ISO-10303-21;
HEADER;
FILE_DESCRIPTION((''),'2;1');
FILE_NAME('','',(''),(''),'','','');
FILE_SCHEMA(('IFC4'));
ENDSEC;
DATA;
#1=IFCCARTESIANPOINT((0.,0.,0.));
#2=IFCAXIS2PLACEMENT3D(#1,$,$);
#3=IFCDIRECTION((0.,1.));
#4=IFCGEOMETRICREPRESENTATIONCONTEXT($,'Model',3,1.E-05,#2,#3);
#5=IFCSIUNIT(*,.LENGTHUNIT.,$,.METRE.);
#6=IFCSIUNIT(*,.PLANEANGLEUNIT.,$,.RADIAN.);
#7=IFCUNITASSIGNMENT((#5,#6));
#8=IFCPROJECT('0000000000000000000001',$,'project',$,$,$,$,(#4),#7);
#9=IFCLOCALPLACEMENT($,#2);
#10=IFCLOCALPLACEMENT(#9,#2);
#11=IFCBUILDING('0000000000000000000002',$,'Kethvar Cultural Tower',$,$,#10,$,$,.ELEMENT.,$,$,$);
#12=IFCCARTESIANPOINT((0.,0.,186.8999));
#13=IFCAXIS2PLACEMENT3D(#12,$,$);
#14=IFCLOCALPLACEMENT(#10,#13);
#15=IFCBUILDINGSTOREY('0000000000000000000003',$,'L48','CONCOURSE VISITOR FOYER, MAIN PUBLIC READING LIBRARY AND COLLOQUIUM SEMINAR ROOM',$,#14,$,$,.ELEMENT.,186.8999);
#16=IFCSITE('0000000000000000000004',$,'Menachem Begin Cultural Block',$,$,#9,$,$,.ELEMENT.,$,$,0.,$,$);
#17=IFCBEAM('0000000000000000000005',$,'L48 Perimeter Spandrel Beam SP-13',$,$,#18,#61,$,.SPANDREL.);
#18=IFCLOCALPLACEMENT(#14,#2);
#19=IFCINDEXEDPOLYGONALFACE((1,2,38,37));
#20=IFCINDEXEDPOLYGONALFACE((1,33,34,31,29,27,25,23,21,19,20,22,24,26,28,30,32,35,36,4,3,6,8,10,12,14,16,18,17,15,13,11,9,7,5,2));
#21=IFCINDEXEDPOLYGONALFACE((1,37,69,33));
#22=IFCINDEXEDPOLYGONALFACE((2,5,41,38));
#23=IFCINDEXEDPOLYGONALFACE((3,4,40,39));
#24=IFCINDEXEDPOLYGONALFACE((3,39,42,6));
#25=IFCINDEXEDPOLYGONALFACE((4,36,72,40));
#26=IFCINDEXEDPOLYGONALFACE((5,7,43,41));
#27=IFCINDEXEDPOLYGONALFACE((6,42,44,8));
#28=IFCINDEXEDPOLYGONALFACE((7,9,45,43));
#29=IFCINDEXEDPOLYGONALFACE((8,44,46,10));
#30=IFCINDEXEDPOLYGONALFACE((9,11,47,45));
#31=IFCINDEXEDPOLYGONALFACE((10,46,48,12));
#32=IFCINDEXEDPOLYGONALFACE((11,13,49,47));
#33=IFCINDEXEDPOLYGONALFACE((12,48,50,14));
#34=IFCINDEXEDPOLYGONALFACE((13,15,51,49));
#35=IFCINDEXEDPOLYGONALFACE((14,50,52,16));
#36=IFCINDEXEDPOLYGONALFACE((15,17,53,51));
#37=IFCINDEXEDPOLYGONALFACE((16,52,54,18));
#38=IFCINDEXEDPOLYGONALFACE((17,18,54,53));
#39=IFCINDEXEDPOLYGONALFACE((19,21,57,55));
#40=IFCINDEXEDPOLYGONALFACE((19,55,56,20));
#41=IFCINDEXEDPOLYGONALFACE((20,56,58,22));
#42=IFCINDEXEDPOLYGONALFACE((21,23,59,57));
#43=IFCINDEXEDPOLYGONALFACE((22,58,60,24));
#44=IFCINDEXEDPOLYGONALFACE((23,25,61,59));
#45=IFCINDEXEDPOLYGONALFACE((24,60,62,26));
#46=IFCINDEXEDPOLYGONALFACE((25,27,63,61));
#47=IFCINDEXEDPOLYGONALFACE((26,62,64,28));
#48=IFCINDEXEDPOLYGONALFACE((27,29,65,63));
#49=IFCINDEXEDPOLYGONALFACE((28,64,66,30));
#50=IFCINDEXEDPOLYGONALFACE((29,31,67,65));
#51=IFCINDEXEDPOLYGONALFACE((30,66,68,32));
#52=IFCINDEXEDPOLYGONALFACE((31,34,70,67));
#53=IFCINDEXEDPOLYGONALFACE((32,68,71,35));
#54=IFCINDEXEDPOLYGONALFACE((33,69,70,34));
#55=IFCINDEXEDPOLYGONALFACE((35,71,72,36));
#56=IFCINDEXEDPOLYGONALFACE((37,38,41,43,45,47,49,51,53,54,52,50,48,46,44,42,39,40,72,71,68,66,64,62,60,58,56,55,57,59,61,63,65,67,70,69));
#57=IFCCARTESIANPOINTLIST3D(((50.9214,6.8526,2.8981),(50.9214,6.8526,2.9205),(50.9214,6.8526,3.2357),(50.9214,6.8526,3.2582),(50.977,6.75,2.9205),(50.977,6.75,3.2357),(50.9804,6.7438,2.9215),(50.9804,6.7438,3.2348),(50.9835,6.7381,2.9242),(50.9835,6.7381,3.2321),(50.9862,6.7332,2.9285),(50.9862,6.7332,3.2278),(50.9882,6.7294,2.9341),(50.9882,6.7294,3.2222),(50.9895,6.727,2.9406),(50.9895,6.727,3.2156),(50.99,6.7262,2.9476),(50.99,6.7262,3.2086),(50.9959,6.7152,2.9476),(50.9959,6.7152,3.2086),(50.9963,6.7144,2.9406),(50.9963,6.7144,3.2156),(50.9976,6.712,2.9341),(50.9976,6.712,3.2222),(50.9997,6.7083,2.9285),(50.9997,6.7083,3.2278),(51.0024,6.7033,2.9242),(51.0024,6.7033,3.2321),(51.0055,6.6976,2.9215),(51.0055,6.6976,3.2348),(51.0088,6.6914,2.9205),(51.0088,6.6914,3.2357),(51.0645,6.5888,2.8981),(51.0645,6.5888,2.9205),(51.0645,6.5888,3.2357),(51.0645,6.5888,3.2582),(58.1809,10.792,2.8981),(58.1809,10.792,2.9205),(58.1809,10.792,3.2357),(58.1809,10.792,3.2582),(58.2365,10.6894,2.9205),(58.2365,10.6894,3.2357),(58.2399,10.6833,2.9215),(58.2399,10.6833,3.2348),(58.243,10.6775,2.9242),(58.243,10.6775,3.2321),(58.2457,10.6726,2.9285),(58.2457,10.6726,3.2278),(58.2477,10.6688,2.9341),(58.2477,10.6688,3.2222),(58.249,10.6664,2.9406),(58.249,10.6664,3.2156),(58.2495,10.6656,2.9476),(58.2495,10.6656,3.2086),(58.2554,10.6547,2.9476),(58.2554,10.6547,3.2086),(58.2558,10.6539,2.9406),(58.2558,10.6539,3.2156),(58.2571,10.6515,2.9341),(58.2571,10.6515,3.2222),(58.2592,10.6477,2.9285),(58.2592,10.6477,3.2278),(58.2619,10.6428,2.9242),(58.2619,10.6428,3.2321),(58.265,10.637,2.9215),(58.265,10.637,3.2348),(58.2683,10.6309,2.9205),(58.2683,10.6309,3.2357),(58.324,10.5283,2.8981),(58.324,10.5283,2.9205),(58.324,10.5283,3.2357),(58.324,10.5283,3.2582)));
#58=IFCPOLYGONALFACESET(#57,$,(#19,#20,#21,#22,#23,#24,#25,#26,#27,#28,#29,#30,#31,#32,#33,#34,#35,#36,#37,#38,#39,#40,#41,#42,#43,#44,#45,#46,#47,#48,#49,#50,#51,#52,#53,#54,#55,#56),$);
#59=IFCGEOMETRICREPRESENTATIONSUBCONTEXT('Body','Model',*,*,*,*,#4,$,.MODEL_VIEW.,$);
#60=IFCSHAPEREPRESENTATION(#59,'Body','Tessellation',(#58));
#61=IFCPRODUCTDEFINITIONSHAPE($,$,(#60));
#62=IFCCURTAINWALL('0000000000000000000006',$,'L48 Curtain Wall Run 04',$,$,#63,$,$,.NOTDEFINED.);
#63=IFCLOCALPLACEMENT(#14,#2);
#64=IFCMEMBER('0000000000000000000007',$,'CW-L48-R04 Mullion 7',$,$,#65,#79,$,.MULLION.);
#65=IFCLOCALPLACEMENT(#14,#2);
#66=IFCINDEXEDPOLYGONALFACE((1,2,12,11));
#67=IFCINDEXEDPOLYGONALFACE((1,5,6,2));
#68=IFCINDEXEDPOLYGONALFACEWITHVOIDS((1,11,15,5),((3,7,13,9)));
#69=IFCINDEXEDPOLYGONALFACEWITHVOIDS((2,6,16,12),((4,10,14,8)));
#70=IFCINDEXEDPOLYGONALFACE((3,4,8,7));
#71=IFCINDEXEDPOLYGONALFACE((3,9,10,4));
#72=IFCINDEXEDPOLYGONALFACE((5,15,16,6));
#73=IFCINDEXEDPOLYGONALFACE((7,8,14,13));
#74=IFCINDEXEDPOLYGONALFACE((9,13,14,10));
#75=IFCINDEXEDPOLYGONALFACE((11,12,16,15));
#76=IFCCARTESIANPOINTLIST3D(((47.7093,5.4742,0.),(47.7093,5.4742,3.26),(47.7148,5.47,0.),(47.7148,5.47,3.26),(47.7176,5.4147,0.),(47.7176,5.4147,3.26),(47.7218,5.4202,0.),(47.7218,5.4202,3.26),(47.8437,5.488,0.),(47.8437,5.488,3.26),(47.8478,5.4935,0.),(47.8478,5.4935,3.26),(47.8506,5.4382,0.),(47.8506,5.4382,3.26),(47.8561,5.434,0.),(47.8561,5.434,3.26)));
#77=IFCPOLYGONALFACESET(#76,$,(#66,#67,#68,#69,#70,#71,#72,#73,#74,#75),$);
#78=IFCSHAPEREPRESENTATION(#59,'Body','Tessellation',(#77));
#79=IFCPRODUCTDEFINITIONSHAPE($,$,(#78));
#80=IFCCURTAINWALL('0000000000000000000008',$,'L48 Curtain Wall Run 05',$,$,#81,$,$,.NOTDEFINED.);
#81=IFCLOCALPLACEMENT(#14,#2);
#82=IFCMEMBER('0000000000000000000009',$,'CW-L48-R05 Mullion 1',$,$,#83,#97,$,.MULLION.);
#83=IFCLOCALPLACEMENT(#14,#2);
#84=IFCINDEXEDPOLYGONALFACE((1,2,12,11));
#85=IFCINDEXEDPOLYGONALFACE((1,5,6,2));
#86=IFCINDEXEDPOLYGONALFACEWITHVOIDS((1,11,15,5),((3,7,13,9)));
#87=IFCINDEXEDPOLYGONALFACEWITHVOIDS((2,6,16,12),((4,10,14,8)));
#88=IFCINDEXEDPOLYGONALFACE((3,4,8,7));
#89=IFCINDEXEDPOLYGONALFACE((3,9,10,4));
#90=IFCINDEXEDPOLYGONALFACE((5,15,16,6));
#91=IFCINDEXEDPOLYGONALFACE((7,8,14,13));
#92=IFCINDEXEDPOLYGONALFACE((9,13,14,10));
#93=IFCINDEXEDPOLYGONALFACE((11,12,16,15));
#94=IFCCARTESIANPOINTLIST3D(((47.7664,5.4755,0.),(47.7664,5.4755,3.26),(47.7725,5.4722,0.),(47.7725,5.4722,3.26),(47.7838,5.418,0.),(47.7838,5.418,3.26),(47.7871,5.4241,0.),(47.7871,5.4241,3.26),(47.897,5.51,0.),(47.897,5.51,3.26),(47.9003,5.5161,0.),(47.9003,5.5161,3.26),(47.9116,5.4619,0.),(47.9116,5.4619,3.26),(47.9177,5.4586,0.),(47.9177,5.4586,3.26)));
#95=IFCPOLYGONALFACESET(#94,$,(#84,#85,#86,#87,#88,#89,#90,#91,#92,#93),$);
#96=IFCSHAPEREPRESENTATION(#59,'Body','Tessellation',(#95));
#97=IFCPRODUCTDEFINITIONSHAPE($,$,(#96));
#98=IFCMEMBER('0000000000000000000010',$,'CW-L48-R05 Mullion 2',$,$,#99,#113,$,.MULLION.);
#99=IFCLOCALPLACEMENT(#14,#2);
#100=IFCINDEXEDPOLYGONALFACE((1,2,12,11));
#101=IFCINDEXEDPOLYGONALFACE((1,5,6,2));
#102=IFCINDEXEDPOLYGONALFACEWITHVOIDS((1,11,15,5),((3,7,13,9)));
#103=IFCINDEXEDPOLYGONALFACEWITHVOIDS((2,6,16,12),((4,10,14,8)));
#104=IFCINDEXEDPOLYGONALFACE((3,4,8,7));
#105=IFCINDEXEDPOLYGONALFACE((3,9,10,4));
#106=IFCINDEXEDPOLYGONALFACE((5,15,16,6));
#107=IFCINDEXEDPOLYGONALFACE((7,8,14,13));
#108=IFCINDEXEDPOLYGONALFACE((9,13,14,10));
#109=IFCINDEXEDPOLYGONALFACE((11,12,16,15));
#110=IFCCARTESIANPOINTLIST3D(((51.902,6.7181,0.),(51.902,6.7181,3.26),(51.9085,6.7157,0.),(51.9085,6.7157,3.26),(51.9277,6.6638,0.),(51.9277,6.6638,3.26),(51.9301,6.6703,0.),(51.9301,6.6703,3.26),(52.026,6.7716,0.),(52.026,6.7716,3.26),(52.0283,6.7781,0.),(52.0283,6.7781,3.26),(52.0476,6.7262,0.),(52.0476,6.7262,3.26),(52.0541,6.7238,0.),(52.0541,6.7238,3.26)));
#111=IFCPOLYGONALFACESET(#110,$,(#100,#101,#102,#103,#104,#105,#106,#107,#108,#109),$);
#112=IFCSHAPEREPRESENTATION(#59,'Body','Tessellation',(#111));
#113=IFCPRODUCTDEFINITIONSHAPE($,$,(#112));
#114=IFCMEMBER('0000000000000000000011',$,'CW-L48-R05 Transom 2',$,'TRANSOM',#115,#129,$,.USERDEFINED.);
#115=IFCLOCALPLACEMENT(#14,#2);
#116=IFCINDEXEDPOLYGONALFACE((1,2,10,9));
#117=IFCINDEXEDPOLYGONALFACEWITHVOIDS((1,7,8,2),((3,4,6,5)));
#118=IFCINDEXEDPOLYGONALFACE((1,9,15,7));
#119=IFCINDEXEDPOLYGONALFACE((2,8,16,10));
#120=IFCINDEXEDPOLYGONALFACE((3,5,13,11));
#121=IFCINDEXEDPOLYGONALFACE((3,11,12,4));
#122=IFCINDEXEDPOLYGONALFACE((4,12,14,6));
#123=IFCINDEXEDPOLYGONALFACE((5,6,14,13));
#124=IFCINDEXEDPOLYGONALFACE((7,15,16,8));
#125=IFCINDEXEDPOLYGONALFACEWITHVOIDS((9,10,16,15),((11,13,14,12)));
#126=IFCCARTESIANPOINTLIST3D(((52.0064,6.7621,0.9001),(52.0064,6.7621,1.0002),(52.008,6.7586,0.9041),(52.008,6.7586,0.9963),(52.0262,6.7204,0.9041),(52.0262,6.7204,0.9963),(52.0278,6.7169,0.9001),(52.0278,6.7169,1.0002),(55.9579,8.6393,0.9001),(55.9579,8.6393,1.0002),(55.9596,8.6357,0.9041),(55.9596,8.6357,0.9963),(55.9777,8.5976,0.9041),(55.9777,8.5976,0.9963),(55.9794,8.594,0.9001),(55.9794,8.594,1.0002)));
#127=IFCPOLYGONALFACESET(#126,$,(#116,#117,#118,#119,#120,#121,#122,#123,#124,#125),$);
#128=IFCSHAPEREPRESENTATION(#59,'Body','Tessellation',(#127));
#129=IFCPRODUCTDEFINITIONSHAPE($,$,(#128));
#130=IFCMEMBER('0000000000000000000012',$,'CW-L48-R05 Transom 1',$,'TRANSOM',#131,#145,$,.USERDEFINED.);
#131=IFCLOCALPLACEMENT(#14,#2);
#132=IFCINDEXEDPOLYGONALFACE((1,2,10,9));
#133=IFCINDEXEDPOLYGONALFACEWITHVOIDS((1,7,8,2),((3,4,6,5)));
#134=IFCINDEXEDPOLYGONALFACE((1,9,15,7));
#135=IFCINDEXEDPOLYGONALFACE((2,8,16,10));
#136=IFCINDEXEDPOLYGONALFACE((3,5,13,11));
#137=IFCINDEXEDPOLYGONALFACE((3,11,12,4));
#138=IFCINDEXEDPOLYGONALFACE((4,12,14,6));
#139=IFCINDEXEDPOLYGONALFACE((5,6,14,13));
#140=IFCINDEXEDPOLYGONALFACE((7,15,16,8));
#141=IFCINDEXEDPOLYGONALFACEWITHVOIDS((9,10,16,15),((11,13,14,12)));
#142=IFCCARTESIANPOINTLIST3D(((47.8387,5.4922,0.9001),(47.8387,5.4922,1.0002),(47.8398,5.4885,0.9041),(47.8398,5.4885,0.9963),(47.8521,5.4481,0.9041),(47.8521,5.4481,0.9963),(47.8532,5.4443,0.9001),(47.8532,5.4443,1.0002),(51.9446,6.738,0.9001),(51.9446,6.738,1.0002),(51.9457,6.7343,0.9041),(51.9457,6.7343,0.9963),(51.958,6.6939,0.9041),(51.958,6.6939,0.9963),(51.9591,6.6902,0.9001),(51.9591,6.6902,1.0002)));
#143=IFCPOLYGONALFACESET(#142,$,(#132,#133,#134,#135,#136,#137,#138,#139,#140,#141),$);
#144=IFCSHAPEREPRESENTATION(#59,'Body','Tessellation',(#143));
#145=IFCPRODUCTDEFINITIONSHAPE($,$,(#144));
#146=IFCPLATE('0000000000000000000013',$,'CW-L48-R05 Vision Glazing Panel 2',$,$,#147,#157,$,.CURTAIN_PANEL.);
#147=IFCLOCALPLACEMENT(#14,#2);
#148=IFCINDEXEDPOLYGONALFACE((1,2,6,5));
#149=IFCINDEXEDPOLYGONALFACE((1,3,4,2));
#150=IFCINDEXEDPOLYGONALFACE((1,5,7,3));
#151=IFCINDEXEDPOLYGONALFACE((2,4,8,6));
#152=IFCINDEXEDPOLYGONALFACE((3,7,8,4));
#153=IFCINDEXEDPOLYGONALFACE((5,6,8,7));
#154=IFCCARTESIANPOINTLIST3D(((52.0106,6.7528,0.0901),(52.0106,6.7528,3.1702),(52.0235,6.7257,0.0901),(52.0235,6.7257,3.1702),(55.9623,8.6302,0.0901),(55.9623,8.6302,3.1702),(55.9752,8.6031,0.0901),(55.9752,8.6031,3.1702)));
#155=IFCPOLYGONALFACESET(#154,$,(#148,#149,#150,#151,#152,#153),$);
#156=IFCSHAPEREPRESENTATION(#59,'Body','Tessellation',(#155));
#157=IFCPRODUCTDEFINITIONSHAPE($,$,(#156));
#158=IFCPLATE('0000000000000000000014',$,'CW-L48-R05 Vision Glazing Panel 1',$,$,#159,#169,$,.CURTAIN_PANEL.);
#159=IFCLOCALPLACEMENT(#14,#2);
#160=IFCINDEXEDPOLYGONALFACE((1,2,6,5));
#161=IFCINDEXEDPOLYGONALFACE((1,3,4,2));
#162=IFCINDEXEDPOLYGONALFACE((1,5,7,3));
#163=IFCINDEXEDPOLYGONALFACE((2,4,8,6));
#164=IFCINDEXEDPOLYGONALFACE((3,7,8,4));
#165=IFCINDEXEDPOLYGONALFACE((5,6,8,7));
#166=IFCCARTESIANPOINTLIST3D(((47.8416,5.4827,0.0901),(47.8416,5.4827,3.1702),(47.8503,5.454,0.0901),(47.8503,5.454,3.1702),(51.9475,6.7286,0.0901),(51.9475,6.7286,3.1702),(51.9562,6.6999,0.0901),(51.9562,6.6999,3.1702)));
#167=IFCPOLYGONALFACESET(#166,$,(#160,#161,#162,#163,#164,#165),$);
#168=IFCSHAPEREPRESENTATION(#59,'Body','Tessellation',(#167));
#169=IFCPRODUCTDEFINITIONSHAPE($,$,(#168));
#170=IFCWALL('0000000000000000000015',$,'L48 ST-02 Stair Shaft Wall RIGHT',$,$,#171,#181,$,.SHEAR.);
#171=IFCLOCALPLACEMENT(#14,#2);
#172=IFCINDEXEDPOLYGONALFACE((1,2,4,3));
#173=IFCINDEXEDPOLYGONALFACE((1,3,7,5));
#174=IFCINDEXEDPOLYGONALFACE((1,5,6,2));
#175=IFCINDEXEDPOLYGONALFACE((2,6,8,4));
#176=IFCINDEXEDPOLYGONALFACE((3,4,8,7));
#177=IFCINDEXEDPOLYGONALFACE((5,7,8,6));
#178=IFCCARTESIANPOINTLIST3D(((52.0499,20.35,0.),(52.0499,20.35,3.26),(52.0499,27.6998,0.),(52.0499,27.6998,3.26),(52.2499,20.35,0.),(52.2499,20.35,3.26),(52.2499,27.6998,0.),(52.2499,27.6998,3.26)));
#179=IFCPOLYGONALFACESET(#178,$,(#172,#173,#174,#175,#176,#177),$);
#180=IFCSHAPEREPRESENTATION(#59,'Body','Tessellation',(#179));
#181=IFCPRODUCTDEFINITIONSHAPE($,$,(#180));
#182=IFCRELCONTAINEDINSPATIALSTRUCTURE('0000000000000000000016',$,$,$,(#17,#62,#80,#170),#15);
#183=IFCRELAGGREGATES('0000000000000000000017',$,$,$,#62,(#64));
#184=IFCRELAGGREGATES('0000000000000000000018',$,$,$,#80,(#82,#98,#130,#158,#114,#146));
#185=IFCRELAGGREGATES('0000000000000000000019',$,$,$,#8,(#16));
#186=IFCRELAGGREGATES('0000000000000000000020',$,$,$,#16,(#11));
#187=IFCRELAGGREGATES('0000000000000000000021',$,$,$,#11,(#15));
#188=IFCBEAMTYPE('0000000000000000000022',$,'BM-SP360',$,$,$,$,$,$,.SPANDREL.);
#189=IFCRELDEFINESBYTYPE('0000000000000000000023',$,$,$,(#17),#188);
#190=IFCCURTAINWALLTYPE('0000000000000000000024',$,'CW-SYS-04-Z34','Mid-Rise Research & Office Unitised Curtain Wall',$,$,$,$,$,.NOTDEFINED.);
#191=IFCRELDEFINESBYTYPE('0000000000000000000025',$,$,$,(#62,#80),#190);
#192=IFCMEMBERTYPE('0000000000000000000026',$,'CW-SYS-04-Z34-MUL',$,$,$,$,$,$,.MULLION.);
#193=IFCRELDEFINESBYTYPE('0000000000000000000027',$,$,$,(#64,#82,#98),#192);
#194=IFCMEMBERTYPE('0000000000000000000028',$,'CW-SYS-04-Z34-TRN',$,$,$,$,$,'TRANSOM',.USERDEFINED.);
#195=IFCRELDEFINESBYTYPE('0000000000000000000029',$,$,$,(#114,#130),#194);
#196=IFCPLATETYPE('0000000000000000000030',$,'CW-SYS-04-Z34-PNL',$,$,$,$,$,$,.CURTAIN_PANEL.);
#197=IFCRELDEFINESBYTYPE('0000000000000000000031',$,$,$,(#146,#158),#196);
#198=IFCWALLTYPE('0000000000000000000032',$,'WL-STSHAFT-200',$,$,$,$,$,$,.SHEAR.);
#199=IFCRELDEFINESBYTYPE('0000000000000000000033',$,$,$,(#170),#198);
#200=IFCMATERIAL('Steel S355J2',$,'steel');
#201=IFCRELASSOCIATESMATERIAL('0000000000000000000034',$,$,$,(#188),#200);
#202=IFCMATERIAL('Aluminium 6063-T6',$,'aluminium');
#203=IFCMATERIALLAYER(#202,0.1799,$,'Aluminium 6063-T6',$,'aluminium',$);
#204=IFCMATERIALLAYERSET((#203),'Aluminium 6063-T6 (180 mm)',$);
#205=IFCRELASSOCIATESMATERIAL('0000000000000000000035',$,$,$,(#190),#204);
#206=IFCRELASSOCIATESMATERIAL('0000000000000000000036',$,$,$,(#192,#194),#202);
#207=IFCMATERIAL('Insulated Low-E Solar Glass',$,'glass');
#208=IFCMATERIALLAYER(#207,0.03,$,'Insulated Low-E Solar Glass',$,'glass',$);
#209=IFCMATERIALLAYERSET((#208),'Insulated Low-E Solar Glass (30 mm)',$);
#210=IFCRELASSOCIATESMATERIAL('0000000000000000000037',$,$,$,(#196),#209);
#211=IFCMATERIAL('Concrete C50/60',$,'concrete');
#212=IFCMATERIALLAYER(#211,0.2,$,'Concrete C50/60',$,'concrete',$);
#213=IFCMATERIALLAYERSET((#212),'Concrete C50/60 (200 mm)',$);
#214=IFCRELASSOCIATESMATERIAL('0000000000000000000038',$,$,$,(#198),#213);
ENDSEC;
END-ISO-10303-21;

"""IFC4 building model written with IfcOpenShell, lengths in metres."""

from ifc_helpers import new_model, si_unit, direction, frame, frame_2d, origin, origin_2d, place, context, subcontext, project, spatial, rectangle, hollow_rectangle, i_section, extrude, source, transform, mapped, material, layer, layer_set, material_profile, profile_set, type_object, element, aggregate, save


model = new_model("IFC4")

# Units and contexts
model_context = context("Model", 3, precision=1e-05, world=origin(), true_north=direction((0.0, 1.0)))
body_context = subcontext(model_context, "Body", "Model", "MODEL_VIEW")
ifc_project = project(units=[si_unit("LENGTHUNIT", "METRE"), si_unit("PLANEANGLEUNIT", "RADIAN")], contexts=[model_context])

# Site, building, storey
site_placement = place(None, origin())
site = spatial("IfcSite", under=ifc_project, at=site_placement, Name="Menachem Begin Cultural Block", CompositionType="ELEMENT", RefElevation=0.0)
building_placement = place(site_placement, origin())
building = spatial("IfcBuilding", under=site, at=building_placement, Name="Kethvar Cultural Tower", CompositionType="ELEMENT")
storey_placement = place(building_placement, frame((0.0, 0.0, 186.8999)))
storey = spatial("IfcBuildingStorey", under=building, at=storey_placement, Name="L48", Description="CONCOURSE VISITOR FOYER, MAIN PUBLIC READING LIBRARY AND COLLOQUIUM SEMINAR ROOM", CompositionType="ELEMENT", Elevation=186.8999)

# Beam
ifc_material_1 = material(Name="Steel S355J2", Category="steel")
ifc_material_profile_1 = material_profile(ifc_material_1, i_section(OverallWidth=0.3, OverallDepth=0.3601, WebThickness=0.0125, FlangeThickness=0.0225, FilletRadius=0.0271, at=origin_2d()), Name="Steel S355J2 — HEB360")
ifc_profile_set_1 = profile_set([ifc_material_profile_1], Name="Steel S355J2 — HEB360")
beam_type_1 = type_object("IfcBeamType", Name="BM-SP360", PredefinedType="SPANDREL", material=ifc_profile_set_1)
shared_shape_1 = source(origin(), body_context, "Body", "SweptSolid", [
    extrude(i_section(OverallWidth=0.3, OverallDepth=0.3601, WebThickness=0.0125, FlangeThickness=0.0225, FilletRadius=0.0271, at=origin_2d()), origin(), (0.0, 0.0, 1.0), 8.2595),
])
beam_1_placement = place(storey_placement, frame((50.9929, 6.7207, 3.0781), z_axis=(0.878926, 0.476958, 0.0), x_axis=(-0.476958, 0.878926, 0.0)))
element("IfcBeam", 1, at=beam_1_placement, inside=storey, type_object=beam_type_1, Name="L48 Perimeter Spandrel Beam SP-13", PredefinedType="SPANDREL", context=body_context, shape_type="MappedRepresentation", body=[
    mapped(shared_shape_1, transform((0.0, 0.0, 0.0), scale=1.0)),
])

# Curtain wall, member
ifc_material_2 = material(Name="Aluminium 6063-T6", Category="aluminium")
ifc_layer_1 = layer(ifc_material_2, 0.1799, Name="Aluminium 6063-T6", Category="aluminium")
ifc_layer_set_1 = layer_set([ifc_layer_1], Name="Aluminium 6063-T6 (180 mm)")
curtain_wall_type = type_object("IfcCurtainWallType", Name="CW-SYS-04-Z34", Description="Mid-Rise Research & Office Unitised Curtain Wall", PredefinedType="NOTDEFINED", material=ifc_layer_set_1)
curtain_wall_1_placement = place(storey_placement, origin())
curtain_wall_1 = element("IfcCurtainWall", 2, at=curtain_wall_1_placement, inside=storey, type_object=curtain_wall_type, Name="L48 Curtain Wall Run 04", PredefinedType="NOTDEFINED")
ifc_material_profile_2 = material_profile(ifc_material_2, hollow_rectangle(XDim=0.0601, YDim=0.1399, WallThickness=0.0049, at=origin_2d()), Name="Aluminium 6063-T6 — RHS140x60x5")
ifc_profile_set_2 = profile_set([ifc_material_profile_2], Name="Aluminium 6063-T6 — RHS140x60x5")
member_type_1 = type_object("IfcMemberType", Name="CW-SYS-04-Z34-MUL", PredefinedType="MULLION", material=ifc_profile_set_2)
shared_shape_2 = source(origin(), body_context, "Body", "SweptSolid", [
    extrude(hollow_rectangle(XDim=0.0601, YDim=0.1399, WallThickness=0.0049, at=origin_2d()), origin(), (0.0, 0.0, 1.0), 3.26),
])
member_1_placement = place(storey_placement, frame((47.7827, 5.4541, 0.0), z_axis=(0.0, 0.0, 1.0), x_axis=(-0.138188, 0.990406, 0.0)))
member_1 = element("IfcMember", 3, at=member_1_placement, type_object=member_type_1, Name="CW-L48-R04 Mullion 7", PredefinedType="MULLION", context=body_context, shape_type="MappedRepresentation", body=[
    mapped(shared_shape_2, transform((0.0, 0.0, 0.0), scale=1.0)),
])
aggregate(curtain_wall_1, [member_1])

# Curtain wall, members, plates
curtain_wall_2_placement = place(storey_placement, origin())
curtain_wall_2 = element("IfcCurtainWall", 4, at=curtain_wall_2_placement, inside=storey, type_object=curtain_wall_type, Name="L48 Curtain Wall Run 05", PredefinedType="NOTDEFINED")
member_2_placement = place(storey_placement, frame((47.842, 5.467, 0.0), z_axis=(0.0, 0.0, 1.0), x_axis=(-0.290368, 0.956915, 0.0)))
member_2 = element("IfcMember", 5, at=member_2_placement, type_object=member_type_1, Name="CW-L48-R05 Mullion 1", PredefinedType="MULLION", context=body_context, shape_type="MappedRepresentation", body=[
    mapped(shared_shape_2, transform((0.0, 0.0, 0.0), scale=1.0)),
])
member_3_placement = place(storey_placement, frame((51.978, 6.7209, 0.0), z_axis=(0.0, 0.0, 1.0), x_axis=(-0.429124, 0.903245, 0.0)))
member_3 = element("IfcMember", 6, at=member_3_placement, type_object=member_type_1, Name="CW-L48-R05 Mullion 2", PredefinedType="MULLION", context=body_context, shape_type="MappedRepresentation", body=[
    mapped(shared_shape_2, transform((0.0, 0.0, 0.0), scale=1.0)),
])
ifc_material_profile_3 = material_profile(ifc_material_2, hollow_rectangle(XDim=0.05, YDim=0.1001, WallThickness=0.0039, at=origin_2d()), Name="Aluminium 6063-T6 — RHS100x50x4")
ifc_profile_set_3 = profile_set([ifc_material_profile_3], Name="Aluminium 6063-T6 — RHS100x50x4")
member_type_2 = type_object("IfcMemberType", Name="CW-SYS-04-Z34-TRN", ElementType="TRANSOM", PredefinedType="USERDEFINED", material=ifc_profile_set_3)
shared_shape_3 = source(origin(), body_context, "Body", "SweptSolid", [
    extrude(hollow_rectangle(XDim=0.05, YDim=0.1001, WallThickness=0.0039, at=origin_2d()), origin(), (0.0, 0.0, 1.0), 4.3748),
])
member_4_placement = place(storey_placement, frame((52.0171, 6.7395, 0.9502), z_axis=(0.903263, 0.429086, 0.0), x_axis=(-0.429086, 0.903263, 0.0)))
member_4 = element("IfcMember", 7, at=member_4_placement, type_object=member_type_2, Name="CW-L48-R05 Transom 2", ObjectType="TRANSOM", PredefinedType="USERDEFINED", context=body_context, shape_type="MappedRepresentation", body=[
    mapped(shared_shape_3, transform((0.0, 0.0, 0.0), scale=1.0)),
])
shared_shape_4 = source(origin(), body_context, "Body", "SweptSolid", [
    extrude(hollow_rectangle(XDim=0.05, YDim=0.1001, WallThickness=0.0039, at=origin_2d()), origin(), (0.0, 0.0, 1.0), 4.2908),
])
member_5_placement = place(storey_placement, frame((47.8459, 5.4683, 0.9502), z_axis=(0.95692, 0.290353, 0.0), x_axis=(-0.290353, 0.95692, 0.0)))
member_5 = element("IfcMember", 8, at=member_5_placement, type_object=member_type_2, Name="CW-L48-R05 Transom 1", ObjectType="TRANSOM", PredefinedType="USERDEFINED", context=body_context, shape_type="MappedRepresentation", body=[
    mapped(shared_shape_4, transform((0.0, 0.0, 0.0), scale=1.0)),
])
ifc_material_3 = material(Name="Insulated Low-E Solar Glass", Category="glass")
ifc_layer_2 = layer(ifc_material_3, 0.03, Name="Insulated Low-E Solar Glass", Category="glass")
ifc_layer_set_2 = layer_set([ifc_layer_2], Name="Insulated Low-E Solar Glass (30 mm)")
plate_type = type_object("IfcPlateType", Name="CW-SYS-04-Z34-PNL", PredefinedType="CURTAIN_PANEL", material=ifc_layer_set_2)
shared_shape_5 = source(origin(), body_context, "Body", "SweptSolid", [
    extrude(rectangle(XDim=4.375, YDim=0.03, at=origin_2d()), origin(), (0.0, 0.0, 1.0), 3.0801),
])
plate_1_placement = place(storey_placement, frame((53.9929, 7.678, 0.0901), z_axis=(0.0, 0.0, 1.0), x_axis=(0.903245, 0.429124, 0.0)))
plate_1 = element("IfcPlate", 9, at=plate_1_placement, type_object=plate_type, Name="CW-L48-R05 Vision Glazing Panel 2", PredefinedType="CURTAIN_PANEL", context=body_context, shape_type="MappedRepresentation", body=[
    mapped(shared_shape_5, transform((0.0, 0.0, 0.0), scale=1.0)),
])
shared_shape_6 = source(origin(), body_context, "Body", "SweptSolid", [
    extrude(rectangle(XDim=4.2908, YDim=0.03, at=origin_2d()), origin(), (0.0, 0.0, 1.0), 3.0801),
])
plate_2_placement = place(storey_placement, frame((49.8989, 6.0913, 0.0901), z_axis=(0.0, 0.0, 1.0), x_axis=(0.956915, 0.290368, 0.0)))
plate_2 = element("IfcPlate", 10, at=plate_2_placement, type_object=plate_type, Name="CW-L48-R05 Vision Glazing Panel 1", PredefinedType="CURTAIN_PANEL", context=body_context, shape_type="MappedRepresentation", body=[
    mapped(shared_shape_6, transform((0.0, 0.0, 0.0), scale=1.0)),
])
aggregate(curtain_wall_2, [member_2, member_3, member_5, plate_2, member_4, plate_1])

# Wall
ifc_material_4 = material(Name="Concrete C50/60", Category="concrete")
ifc_layer_3 = layer(ifc_material_4, 0.2, Name="Concrete C50/60", Category="concrete")
ifc_layer_set_3 = layer_set([ifc_layer_3], Name="Concrete C50/60 (200 mm)")
wall_type_1 = type_object("IfcWallType", Name="WL-STSHAFT-200", PredefinedType="SHEAR", material=ifc_layer_set_3)
wall_1_placement = place(storey_placement, frame((52.1499, 20.3501, 0.0), z_axis=(0.0, 0.0, 1.0), x_axis=(0.0, 1.0, 0.0)))
element("IfcWall", 11, at=wall_1_placement, inside=storey, type_object=wall_type_1, Name="L48 ST-02 Stair Shaft Wall RIGHT", PredefinedType="SHEAR", context=body_context, shape_type="SweptSolid", body=[
    extrude(rectangle(XDim=7.3499, YDim=0.2, at=frame_2d((3.6748, 0.0))), origin(), (0.0, 0.0, 1.0), 3.26),
])

save(model, "model.ifc")
